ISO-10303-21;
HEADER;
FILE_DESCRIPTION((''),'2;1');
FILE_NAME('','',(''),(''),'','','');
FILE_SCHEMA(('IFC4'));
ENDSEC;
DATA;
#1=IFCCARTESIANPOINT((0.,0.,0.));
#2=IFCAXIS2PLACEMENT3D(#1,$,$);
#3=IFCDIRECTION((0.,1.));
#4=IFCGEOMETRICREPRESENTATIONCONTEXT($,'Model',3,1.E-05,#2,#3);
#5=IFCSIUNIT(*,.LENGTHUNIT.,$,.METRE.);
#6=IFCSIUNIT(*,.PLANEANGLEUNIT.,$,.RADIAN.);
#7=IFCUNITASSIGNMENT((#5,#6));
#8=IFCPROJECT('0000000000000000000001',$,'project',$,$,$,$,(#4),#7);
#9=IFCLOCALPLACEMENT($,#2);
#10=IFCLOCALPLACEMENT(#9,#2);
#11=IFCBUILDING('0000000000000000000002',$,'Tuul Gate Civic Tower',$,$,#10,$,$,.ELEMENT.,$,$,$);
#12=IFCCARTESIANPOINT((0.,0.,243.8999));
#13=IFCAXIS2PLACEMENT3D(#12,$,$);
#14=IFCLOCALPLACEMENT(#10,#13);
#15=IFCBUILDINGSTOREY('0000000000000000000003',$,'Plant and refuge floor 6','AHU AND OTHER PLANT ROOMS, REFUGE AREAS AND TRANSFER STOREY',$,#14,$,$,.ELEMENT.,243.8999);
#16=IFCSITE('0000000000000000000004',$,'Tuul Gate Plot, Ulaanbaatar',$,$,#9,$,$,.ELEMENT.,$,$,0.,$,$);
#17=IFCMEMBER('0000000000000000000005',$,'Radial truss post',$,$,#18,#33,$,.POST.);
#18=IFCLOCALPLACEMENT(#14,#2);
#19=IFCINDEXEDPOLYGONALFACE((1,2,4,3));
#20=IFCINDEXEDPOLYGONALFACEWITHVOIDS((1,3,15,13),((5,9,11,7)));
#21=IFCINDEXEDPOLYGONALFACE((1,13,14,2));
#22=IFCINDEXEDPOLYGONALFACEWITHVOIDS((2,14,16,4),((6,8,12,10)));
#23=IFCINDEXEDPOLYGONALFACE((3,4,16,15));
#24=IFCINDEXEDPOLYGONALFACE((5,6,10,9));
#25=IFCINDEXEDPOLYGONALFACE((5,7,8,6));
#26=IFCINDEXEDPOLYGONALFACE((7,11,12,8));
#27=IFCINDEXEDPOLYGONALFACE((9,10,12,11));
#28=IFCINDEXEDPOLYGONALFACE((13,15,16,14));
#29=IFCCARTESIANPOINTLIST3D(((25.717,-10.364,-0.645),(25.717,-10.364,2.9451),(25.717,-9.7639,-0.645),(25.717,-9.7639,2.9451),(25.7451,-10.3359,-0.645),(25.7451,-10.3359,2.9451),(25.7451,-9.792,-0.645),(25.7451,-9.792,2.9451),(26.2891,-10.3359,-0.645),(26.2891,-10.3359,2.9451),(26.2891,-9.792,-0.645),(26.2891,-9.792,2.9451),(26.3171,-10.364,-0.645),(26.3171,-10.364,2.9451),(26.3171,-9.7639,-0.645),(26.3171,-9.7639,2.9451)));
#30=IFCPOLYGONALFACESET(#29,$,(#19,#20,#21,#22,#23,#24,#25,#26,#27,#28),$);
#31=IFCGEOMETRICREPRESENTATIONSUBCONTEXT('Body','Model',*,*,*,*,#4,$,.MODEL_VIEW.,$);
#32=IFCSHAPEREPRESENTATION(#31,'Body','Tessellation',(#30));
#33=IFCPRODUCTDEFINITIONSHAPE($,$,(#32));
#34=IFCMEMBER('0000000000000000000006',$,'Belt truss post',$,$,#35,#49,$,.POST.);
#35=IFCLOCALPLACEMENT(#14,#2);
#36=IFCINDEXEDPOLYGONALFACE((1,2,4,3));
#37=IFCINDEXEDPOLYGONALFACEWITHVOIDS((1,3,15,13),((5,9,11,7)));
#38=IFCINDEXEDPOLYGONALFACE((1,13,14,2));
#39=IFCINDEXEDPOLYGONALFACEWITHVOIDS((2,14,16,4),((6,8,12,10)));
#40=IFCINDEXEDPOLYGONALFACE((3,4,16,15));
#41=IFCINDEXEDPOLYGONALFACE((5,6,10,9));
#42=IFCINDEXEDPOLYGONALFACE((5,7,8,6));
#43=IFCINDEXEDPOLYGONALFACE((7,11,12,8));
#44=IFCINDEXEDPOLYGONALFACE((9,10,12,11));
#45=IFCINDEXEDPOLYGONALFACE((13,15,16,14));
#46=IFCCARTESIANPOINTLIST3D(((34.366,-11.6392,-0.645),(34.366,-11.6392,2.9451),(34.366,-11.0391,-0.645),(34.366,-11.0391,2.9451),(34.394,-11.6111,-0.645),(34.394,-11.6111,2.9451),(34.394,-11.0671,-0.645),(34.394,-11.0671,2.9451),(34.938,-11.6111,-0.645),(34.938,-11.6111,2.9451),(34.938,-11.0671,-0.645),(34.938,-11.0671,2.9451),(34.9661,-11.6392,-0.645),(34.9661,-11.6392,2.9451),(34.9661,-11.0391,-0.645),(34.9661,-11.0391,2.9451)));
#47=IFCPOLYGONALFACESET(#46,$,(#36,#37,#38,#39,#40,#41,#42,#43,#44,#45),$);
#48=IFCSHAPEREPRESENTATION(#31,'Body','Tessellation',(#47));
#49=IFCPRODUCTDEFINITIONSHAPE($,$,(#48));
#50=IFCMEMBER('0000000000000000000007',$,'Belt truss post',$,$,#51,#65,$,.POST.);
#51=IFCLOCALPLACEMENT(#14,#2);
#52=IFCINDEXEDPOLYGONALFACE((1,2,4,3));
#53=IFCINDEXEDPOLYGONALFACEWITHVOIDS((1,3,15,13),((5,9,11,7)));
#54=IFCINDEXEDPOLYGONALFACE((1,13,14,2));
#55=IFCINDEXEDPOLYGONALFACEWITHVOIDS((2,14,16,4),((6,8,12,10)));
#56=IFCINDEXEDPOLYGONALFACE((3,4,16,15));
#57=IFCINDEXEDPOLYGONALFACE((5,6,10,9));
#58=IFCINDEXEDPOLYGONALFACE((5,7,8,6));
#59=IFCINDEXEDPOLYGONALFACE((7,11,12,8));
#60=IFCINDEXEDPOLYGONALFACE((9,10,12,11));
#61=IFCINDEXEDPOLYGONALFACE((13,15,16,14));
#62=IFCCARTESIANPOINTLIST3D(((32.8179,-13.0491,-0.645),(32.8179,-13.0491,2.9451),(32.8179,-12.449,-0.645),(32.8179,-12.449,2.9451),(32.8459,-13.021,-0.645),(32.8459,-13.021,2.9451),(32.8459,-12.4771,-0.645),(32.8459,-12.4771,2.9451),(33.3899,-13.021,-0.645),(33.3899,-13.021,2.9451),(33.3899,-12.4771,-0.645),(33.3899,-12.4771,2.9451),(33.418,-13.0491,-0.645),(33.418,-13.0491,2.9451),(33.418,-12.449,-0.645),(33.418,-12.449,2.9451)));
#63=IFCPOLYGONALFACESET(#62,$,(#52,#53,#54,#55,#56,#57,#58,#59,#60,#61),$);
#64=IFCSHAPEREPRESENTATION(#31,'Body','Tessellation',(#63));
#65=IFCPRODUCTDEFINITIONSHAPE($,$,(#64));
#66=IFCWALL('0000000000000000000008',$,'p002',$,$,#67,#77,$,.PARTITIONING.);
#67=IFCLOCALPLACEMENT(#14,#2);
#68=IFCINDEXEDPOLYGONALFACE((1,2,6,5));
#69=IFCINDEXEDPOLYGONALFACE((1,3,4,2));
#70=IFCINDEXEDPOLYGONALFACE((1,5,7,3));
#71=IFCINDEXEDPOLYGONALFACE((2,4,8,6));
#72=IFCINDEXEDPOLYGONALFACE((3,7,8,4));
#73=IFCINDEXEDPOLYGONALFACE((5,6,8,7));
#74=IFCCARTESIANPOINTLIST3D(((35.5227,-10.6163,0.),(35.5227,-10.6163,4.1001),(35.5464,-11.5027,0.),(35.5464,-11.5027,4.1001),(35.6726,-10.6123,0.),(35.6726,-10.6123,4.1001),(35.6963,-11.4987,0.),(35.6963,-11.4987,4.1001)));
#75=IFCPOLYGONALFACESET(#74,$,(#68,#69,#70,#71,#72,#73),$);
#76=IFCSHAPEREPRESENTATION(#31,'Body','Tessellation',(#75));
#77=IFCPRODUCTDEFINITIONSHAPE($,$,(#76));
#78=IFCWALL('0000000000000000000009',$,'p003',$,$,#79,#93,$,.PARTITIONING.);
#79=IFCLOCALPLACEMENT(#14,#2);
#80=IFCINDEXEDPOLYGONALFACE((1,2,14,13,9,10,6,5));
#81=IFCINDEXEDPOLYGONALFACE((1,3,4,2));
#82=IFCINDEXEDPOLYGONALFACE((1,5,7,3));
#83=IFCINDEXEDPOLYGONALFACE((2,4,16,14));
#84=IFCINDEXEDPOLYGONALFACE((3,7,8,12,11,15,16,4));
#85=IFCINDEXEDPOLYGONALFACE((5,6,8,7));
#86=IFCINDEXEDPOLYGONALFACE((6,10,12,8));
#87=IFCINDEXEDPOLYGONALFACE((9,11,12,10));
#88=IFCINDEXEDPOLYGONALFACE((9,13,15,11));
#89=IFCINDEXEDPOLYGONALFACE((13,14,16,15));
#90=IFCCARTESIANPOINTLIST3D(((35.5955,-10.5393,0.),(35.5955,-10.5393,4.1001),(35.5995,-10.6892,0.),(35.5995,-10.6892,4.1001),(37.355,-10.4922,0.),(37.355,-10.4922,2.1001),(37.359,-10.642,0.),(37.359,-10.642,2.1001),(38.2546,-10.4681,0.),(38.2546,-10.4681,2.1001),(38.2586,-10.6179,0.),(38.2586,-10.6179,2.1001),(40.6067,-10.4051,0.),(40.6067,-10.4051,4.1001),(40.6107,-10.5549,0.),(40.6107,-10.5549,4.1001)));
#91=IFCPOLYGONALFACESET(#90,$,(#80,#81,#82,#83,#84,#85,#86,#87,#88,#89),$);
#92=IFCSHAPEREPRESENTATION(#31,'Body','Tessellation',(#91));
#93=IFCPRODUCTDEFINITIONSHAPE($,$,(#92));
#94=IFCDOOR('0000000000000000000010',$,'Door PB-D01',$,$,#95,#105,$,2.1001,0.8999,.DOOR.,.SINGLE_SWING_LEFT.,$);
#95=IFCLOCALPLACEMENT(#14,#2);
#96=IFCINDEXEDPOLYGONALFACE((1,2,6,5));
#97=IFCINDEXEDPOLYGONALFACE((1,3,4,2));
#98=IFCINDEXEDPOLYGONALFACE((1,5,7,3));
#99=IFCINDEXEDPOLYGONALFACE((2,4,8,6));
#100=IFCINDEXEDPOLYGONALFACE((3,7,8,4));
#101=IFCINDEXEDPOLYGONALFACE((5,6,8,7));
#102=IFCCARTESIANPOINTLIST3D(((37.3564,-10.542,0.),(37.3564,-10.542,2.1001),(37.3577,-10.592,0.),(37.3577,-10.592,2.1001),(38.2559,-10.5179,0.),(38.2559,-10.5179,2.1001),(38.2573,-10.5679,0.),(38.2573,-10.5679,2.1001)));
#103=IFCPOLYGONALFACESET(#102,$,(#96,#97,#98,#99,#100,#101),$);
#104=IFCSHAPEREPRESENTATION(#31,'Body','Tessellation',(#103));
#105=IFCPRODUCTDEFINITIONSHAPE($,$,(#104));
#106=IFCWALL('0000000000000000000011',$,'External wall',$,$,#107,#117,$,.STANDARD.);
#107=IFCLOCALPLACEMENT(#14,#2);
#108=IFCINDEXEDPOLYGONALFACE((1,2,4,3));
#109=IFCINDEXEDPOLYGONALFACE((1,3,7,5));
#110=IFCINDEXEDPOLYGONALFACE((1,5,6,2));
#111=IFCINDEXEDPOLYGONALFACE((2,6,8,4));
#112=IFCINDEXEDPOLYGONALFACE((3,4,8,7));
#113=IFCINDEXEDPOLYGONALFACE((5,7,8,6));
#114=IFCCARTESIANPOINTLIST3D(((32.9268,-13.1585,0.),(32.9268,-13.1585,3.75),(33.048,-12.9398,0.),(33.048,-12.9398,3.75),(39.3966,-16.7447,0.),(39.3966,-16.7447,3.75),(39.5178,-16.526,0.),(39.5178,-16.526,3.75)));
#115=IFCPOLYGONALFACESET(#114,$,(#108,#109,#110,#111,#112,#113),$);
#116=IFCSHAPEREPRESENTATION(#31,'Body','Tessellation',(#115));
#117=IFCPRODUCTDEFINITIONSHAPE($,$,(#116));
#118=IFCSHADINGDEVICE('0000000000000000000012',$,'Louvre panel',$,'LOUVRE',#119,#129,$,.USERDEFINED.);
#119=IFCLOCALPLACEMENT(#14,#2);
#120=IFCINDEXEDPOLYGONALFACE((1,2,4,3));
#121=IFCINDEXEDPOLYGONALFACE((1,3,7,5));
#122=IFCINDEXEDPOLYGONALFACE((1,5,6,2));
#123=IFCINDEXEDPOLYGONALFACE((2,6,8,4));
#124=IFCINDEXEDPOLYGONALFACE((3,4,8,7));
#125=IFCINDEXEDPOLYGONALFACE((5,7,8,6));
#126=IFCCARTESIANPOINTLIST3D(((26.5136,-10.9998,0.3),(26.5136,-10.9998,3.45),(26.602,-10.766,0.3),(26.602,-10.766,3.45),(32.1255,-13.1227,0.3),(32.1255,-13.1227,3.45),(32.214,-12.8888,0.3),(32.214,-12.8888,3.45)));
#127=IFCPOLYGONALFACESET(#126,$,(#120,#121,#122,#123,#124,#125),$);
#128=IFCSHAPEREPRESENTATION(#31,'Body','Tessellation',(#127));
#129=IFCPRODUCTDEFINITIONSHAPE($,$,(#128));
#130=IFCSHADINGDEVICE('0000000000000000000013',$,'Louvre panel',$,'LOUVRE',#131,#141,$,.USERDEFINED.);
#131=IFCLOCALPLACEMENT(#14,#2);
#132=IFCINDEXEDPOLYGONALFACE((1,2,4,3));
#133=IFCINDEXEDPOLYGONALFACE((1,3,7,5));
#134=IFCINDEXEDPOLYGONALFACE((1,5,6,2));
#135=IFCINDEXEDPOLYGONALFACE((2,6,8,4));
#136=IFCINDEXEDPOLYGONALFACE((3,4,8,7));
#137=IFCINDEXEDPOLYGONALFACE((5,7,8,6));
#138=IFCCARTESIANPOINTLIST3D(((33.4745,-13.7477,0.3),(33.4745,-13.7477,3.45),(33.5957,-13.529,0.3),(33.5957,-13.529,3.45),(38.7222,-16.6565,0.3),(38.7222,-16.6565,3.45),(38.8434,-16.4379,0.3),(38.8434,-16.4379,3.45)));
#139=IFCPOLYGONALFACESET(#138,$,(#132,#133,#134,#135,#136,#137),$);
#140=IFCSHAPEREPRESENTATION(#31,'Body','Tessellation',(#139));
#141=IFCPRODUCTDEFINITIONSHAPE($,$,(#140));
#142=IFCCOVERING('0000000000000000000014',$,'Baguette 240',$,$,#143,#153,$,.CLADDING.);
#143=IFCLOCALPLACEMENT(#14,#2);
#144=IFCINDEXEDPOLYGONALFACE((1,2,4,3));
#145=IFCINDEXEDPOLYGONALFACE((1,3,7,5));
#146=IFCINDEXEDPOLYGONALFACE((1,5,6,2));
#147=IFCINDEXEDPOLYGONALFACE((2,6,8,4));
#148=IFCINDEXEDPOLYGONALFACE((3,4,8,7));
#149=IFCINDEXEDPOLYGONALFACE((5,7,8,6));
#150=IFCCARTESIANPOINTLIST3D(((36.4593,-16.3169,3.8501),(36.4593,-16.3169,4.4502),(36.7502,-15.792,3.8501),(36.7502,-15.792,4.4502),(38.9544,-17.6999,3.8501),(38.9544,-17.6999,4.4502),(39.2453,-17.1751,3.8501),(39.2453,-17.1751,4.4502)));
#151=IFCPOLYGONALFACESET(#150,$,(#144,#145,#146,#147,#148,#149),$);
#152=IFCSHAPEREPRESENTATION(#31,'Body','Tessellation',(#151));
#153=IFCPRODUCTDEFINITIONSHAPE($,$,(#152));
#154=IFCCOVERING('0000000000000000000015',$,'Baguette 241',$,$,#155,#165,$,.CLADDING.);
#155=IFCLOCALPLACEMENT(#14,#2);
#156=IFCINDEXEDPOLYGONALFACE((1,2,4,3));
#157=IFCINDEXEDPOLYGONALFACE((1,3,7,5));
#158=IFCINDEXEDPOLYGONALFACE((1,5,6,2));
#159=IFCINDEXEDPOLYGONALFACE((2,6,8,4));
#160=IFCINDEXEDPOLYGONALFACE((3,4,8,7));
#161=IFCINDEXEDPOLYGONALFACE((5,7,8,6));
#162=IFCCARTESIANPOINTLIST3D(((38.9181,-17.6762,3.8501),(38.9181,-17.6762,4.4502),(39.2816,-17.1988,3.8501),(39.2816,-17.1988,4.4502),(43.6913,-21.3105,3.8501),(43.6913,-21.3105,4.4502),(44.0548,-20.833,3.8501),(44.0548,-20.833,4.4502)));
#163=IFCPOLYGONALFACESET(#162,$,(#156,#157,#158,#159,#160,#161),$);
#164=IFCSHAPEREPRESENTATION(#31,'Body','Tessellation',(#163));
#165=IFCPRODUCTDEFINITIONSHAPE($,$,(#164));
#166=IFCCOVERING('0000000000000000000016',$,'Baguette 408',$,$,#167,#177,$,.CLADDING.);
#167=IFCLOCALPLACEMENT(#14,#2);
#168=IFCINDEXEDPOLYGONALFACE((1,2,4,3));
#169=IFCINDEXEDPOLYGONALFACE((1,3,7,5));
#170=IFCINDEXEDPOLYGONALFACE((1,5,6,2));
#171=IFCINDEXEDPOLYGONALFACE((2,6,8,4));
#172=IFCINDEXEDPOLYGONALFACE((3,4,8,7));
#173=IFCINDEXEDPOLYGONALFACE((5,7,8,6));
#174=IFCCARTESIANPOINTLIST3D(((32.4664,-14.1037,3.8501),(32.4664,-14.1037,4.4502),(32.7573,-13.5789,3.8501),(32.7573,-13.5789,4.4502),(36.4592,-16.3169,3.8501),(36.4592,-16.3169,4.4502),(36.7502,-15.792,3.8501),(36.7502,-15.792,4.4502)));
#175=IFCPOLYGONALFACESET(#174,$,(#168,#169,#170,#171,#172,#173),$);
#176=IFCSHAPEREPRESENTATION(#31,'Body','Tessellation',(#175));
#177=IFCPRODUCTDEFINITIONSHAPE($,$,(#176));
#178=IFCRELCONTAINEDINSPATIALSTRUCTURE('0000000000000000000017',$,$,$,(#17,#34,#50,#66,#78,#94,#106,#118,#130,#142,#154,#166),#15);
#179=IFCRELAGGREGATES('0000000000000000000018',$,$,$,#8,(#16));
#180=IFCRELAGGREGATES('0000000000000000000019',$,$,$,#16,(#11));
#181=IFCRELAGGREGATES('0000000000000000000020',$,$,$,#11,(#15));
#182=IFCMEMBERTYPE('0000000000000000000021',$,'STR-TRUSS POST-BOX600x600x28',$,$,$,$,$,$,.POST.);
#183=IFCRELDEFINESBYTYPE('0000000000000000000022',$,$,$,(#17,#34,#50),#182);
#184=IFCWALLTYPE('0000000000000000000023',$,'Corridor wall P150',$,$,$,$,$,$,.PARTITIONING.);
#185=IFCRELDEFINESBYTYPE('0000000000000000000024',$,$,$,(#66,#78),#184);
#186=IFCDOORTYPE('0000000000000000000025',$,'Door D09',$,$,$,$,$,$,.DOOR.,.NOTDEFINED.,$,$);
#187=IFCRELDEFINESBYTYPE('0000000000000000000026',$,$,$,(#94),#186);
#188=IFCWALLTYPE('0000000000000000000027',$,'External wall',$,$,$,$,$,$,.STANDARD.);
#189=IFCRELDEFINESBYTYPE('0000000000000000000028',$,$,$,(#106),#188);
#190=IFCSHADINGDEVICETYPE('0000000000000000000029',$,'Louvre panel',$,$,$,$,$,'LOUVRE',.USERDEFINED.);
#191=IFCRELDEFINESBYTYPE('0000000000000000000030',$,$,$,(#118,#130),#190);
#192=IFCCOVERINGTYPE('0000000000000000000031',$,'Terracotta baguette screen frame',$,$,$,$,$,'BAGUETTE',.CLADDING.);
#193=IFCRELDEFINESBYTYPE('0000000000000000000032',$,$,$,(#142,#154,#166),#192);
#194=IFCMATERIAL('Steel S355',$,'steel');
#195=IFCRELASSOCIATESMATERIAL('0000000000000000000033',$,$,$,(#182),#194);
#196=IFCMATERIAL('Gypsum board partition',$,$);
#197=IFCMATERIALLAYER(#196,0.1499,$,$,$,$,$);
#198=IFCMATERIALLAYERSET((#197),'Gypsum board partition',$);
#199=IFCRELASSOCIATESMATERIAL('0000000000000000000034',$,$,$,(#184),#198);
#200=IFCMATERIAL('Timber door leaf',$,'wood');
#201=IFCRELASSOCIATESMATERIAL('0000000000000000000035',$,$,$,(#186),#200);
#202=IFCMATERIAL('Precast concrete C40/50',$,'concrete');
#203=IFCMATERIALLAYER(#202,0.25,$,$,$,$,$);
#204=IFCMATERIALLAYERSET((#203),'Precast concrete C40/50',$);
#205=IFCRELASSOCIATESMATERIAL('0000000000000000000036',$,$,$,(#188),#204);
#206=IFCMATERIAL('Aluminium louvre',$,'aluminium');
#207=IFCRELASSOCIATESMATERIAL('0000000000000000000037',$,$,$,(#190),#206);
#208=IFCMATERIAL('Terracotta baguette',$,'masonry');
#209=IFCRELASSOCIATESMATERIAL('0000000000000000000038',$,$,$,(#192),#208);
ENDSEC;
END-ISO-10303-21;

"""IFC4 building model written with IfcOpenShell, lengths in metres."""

from ifc_helpers import new_model, si_unit, direction, frame, frame_2d, origin, origin_2d, place, context, subcontext, project, spatial, rectangle, hollow_rectangle, extrude, material, layer, layer_set, material_profile, profile_set, type_object, element, fill, save


model = new_model("IFC4")

# Units and contexts
model_context = context("Model", 3, precision=1e-05, world=origin(), true_north=direction((0.0, 1.0)))
body_context = subcontext(model_context, "Body", "Model", "MODEL_VIEW")
ifc_project = project(units=[si_unit("LENGTHUNIT", "METRE"), si_unit("PLANEANGLEUNIT", "RADIAN")], contexts=[model_context])

# Site, building, storey
site_placement = place(None, origin())
site = spatial("IfcSite", under=ifc_project, at=site_placement, Name="Tuul Gate Plot, Ulaanbaatar", CompositionType="ELEMENT", RefElevation=0.0)
building_placement = place(site_placement, origin())
building = spatial("IfcBuilding", under=site, at=building_placement, Name="Tuul Gate Civic Tower", CompositionType="ELEMENT")
storey_placement = place(building_placement, frame((0.0, 0.0, 243.8999)))
storey = spatial("IfcBuildingStorey", under=building, at=storey_placement, Name="Plant and refuge floor 6", Description="AHU AND OTHER PLANT ROOMS, REFUGE AREAS AND TRANSFER STOREY", CompositionType="ELEMENT", Elevation=243.8999)

# Members
ifc_material_1 = material(Name="Steel S355", Category="steel")
ifc_material_profile_1 = material_profile(ifc_material_1, hollow_rectangle(XDim=0.6001, YDim=0.6001, WallThickness=0.0281, at=origin_2d()), Name="BOX600x600x28")
ifc_profile_set_1 = profile_set([ifc_material_profile_1], Name="Steel S355")
member_type_1 = type_object("IfcMemberType", Name="STR-TRUSS POST-BOX600x600x28", PredefinedType="POST", material=ifc_profile_set_1)
for number, where, z_axis, x_axis, name in (
    (1, (26.0171, -10.064, -0.645), (0.0, 0.0, 1.0), (1.0, 0.0, 0.0), "Radial truss post"),
    (2, (34.666, -11.3391, -0.645), (0.0, 0.0, 1.0), (1.0, 0.0, 0.0), "Belt truss post"),
    (3, (33.1179, -12.749, -0.645), (0.0, 0.0, 1.0), (1.0, 0.0, 0.0), "Belt truss post"),
):
    element("IfcMember", number, at=place(storey_placement, frame(where, z_axis=z_axis, x_axis=x_axis)), inside=storey, type_object=member_type_1, Name=name, PredefinedType="POST", context=body_context, shape_type="SweptSolid", body=[
        extrude(hollow_rectangle(XDim=0.6001, YDim=0.6001, WallThickness=0.0281, at=origin_2d()), origin(), (0.0, 0.0, 1.0), 3.5901),
    ])

# Wall
ifc_material_2 = material(Name="Gypsum board partition")
ifc_layer_1 = layer(ifc_material_2, 0.1499)
ifc_layer_set_1 = layer_set([ifc_layer_1], Name="Gypsum board partition")
wall_type_1 = type_object("IfcWallType", Name="Corridor wall P150", PredefinedType="PARTITIONING", material=ifc_layer_set_1)
wall_1_placement = place(storey_placement, frame((35.5977, -10.6143, 0.0), z_axis=(0.0, 0.0, 1.0), x_axis=(0.026705, -0.999643, 0.0)))
element("IfcWall", 4, at=wall_1_placement, inside=storey, type_object=wall_type_1, Name="p002", PredefinedType="PARTITIONING", context=body_context, shape_type="SweptSolid", body=[
    extrude(rectangle(XDim=0.8867, YDim=0.1499, at=frame_2d((0.4434, 0.0))), origin(), (0.0, 0.0, 1.0), 4.1001),
])

# Wall, opening, door
wall_2_placement = place(storey_placement, frame((35.5977, -10.6143, 0.0), z_axis=(0.0, 0.0, 1.0), x_axis=(0.999641, 0.026786, 0.0)))
wall_2 = element("IfcWall", 5, at=wall_2_placement, inside=storey, type_object=wall_type_1, Name="p003", PredefinedType="PARTITIONING", context=body_context, shape_type="SweptSolid", body=[
    extrude(rectangle(XDim=5.0129, YDim=0.1499, at=frame_2d((2.5063, 0.0))), origin(), (0.0, 0.0, 1.0), 4.1001),
])
opening_placement = place(wall_2_placement, frame((1.76, 0.0, 0.0)))
opening = element("IfcOpeningElement", 6, at=opening_placement, cuts=wall_2, PredefinedType="OPENING", context=body_context, shape_type="SweptSolid", body=[
    extrude(rectangle(XDim=0.8999, YDim=2.1001, at=frame_2d((0.45, 1.05))), frame((0.0, 0.085, 0.0), z_axis=(0.0, -1.0, 0.0), x_axis=(1.0, 0.0, 0.0)), (0.0, 0.0, 1.0), 0.1699),
])
ifc_material_3 = material(Name="Timber door leaf", Category="wood")
door_type = type_object("IfcDoorType", Name="Door D09", OperationType="NOTDEFINED", PredefinedType="DOOR", material=ifc_material_3)
door_placement = place(opening_placement, frame((0.8999, 0.0, 0.0), z_axis=(0.0, 0.0, 1.0), x_axis=(-1.0, 0.0, 0.0)))
door = element("IfcDoor", 7, at=door_placement, inside=storey, type_object=door_type, Name="Door PB-D01", OperationType="SINGLE_SWING_LEFT", OverallHeight=2.1001, OverallWidth=0.8999, PredefinedType="DOOR", context=body_context, shape_type="SweptSolid", body=[
    extrude(rectangle(XDim=0.8999, YDim=2.1001, at=frame_2d((0.45, 1.05))), frame((0.0, 0.0249, 0.0), z_axis=(0.0, -1.0, 0.0), x_axis=(1.0, 0.0, 0.0)), (0.0, 0.0, 1.0), 0.05),
])
fill(opening, door)

# Wall
ifc_material_4 = material(Name="Precast concrete C40/50", Category="concrete")
ifc_layer_2 = layer(ifc_material_4, 0.25)
ifc_layer_set_2 = layer_set([ifc_layer_2], Name="Precast concrete C40/50")
wall_type_2 = type_object("IfcWallType", Name="External wall", PredefinedType="STANDARD", material=ifc_layer_set_2)
wall_3_placement = place(storey_placement, frame((32.9873, -13.0491, 0.0), z_axis=(0.0, 0.0, 1.0), x_axis=(0.874622, -0.484805, 0.0)))
element("IfcWall", 8, at=wall_3_placement, inside=storey, type_object=wall_type_2, Name="External wall", PredefinedType="STANDARD", context=body_context, shape_type="SweptSolid", body=[
    extrude(rectangle(XDim=7.3972, YDim=0.25, at=frame_2d((3.6987, 0.0))), origin(), (0.0, 0.0, 1.0), 3.75),
])

# Shading devices
ifc_material_5 = material(Name="Aluminium louvre", Category="aluminium")
shading_device_type = type_object("IfcShadingDeviceType", Name="Louvre panel", ElementType="LOUVRE", PredefinedType="USERDEFINED", material=ifc_material_5)
for number, where, z_axis, x_axis, name in (
    (9, (29.3638, -11.9443, 0.3), (0.0, 0.0, 1.0), (-0.353801, -0.935321, 0.0), "Louvre panel"),
    (10, (36.1589, -15.0928, 0.3), (0.0, 0.0, 1.0), (-0.484808, -0.874621, 0.0), "Louvre panel"),
):
    element("IfcShadingDevice", number, at=place(storey_placement, frame(where, z_axis=z_axis, x_axis=x_axis)), inside=storey, type_object=shading_device_type, Name=name, ObjectType="LOUVRE", PredefinedType="USERDEFINED", context=body_context, shape_type="SweptSolid", body=[
        extrude(rectangle(XDim=0.25, YDim=6.0, at=origin_2d()), origin(), (0.0, 0.0, 1.0), 3.1499),
    ])

# Coverings
ifc_material_6 = material(Name="Terracotta baguette", Category="masonry")
ifc_material_profile_2 = material_profile(ifc_material_6, rectangle(XDim=0.6001, YDim=0.6001, at=origin_2d()), Name="Terracotta baguette screen frame")
ifc_profile_set_2 = profile_set([ifc_material_profile_2], Name="Terracotta baguette")
covering_type = type_object("IfcCoveringType", Name="Terracotta baguette screen frame", ElementType="BAGUETTE", PredefinedType="CLADDING", material=ifc_profile_set_2)
covering_1_placement = place(storey_placement, frame((36.6047, -16.0544, 4.1501), z_axis=(0.874621, -0.484807, 0.0), x_axis=(0.484807, 0.874621, 0.0)))
element("IfcCovering", 11, at=covering_1_placement, inside=storey, type_object=covering_type, Name="Baguette 240", PredefinedType="CLADDING", context=body_context, shape_type="SweptSolid", body=[
    extrude(rectangle(XDim=0.6001, YDim=0.6001, at=origin_2d()), origin(), (0.0, 0.0, 1.0), 2.8528),
])
covering_2_placement = place(storey_placement, frame((39.0999, -17.4375, 4.1501), z_axis=(0.795628, -0.605786, 0.0), x_axis=(0.605786, 0.795628, 0.0)))
element("IfcCovering", 12, at=covering_2_placement, inside=storey, type_object=covering_type, Name="Baguette 241", PredefinedType="CLADDING", context=body_context, shape_type="SweptSolid", body=[
    extrude(rectangle(XDim=0.6001, YDim=0.6001, at=origin_2d()), origin(), (0.0, 0.0, 1.0), 5.9993),
])
covering_3_placement = place(storey_placement, frame((32.6118, -13.8413, 4.1501), z_axis=(0.874636, -0.48478, 0.0), x_axis=(0.48478, 0.874636, 0.0)))
element("IfcCovering", 13, at=covering_3_placement, inside=storey, type_object=covering_type, Name="Baguette 408", PredefinedType="CLADDING", context=body_context, shape_type="SweptSolid", body=[
    extrude(rectangle(XDim=0.6001, YDim=0.6001, at=origin_2d()), origin(), (0.0, 0.0, 1.0), 4.5652),
])

save(model, "model.ifc")
